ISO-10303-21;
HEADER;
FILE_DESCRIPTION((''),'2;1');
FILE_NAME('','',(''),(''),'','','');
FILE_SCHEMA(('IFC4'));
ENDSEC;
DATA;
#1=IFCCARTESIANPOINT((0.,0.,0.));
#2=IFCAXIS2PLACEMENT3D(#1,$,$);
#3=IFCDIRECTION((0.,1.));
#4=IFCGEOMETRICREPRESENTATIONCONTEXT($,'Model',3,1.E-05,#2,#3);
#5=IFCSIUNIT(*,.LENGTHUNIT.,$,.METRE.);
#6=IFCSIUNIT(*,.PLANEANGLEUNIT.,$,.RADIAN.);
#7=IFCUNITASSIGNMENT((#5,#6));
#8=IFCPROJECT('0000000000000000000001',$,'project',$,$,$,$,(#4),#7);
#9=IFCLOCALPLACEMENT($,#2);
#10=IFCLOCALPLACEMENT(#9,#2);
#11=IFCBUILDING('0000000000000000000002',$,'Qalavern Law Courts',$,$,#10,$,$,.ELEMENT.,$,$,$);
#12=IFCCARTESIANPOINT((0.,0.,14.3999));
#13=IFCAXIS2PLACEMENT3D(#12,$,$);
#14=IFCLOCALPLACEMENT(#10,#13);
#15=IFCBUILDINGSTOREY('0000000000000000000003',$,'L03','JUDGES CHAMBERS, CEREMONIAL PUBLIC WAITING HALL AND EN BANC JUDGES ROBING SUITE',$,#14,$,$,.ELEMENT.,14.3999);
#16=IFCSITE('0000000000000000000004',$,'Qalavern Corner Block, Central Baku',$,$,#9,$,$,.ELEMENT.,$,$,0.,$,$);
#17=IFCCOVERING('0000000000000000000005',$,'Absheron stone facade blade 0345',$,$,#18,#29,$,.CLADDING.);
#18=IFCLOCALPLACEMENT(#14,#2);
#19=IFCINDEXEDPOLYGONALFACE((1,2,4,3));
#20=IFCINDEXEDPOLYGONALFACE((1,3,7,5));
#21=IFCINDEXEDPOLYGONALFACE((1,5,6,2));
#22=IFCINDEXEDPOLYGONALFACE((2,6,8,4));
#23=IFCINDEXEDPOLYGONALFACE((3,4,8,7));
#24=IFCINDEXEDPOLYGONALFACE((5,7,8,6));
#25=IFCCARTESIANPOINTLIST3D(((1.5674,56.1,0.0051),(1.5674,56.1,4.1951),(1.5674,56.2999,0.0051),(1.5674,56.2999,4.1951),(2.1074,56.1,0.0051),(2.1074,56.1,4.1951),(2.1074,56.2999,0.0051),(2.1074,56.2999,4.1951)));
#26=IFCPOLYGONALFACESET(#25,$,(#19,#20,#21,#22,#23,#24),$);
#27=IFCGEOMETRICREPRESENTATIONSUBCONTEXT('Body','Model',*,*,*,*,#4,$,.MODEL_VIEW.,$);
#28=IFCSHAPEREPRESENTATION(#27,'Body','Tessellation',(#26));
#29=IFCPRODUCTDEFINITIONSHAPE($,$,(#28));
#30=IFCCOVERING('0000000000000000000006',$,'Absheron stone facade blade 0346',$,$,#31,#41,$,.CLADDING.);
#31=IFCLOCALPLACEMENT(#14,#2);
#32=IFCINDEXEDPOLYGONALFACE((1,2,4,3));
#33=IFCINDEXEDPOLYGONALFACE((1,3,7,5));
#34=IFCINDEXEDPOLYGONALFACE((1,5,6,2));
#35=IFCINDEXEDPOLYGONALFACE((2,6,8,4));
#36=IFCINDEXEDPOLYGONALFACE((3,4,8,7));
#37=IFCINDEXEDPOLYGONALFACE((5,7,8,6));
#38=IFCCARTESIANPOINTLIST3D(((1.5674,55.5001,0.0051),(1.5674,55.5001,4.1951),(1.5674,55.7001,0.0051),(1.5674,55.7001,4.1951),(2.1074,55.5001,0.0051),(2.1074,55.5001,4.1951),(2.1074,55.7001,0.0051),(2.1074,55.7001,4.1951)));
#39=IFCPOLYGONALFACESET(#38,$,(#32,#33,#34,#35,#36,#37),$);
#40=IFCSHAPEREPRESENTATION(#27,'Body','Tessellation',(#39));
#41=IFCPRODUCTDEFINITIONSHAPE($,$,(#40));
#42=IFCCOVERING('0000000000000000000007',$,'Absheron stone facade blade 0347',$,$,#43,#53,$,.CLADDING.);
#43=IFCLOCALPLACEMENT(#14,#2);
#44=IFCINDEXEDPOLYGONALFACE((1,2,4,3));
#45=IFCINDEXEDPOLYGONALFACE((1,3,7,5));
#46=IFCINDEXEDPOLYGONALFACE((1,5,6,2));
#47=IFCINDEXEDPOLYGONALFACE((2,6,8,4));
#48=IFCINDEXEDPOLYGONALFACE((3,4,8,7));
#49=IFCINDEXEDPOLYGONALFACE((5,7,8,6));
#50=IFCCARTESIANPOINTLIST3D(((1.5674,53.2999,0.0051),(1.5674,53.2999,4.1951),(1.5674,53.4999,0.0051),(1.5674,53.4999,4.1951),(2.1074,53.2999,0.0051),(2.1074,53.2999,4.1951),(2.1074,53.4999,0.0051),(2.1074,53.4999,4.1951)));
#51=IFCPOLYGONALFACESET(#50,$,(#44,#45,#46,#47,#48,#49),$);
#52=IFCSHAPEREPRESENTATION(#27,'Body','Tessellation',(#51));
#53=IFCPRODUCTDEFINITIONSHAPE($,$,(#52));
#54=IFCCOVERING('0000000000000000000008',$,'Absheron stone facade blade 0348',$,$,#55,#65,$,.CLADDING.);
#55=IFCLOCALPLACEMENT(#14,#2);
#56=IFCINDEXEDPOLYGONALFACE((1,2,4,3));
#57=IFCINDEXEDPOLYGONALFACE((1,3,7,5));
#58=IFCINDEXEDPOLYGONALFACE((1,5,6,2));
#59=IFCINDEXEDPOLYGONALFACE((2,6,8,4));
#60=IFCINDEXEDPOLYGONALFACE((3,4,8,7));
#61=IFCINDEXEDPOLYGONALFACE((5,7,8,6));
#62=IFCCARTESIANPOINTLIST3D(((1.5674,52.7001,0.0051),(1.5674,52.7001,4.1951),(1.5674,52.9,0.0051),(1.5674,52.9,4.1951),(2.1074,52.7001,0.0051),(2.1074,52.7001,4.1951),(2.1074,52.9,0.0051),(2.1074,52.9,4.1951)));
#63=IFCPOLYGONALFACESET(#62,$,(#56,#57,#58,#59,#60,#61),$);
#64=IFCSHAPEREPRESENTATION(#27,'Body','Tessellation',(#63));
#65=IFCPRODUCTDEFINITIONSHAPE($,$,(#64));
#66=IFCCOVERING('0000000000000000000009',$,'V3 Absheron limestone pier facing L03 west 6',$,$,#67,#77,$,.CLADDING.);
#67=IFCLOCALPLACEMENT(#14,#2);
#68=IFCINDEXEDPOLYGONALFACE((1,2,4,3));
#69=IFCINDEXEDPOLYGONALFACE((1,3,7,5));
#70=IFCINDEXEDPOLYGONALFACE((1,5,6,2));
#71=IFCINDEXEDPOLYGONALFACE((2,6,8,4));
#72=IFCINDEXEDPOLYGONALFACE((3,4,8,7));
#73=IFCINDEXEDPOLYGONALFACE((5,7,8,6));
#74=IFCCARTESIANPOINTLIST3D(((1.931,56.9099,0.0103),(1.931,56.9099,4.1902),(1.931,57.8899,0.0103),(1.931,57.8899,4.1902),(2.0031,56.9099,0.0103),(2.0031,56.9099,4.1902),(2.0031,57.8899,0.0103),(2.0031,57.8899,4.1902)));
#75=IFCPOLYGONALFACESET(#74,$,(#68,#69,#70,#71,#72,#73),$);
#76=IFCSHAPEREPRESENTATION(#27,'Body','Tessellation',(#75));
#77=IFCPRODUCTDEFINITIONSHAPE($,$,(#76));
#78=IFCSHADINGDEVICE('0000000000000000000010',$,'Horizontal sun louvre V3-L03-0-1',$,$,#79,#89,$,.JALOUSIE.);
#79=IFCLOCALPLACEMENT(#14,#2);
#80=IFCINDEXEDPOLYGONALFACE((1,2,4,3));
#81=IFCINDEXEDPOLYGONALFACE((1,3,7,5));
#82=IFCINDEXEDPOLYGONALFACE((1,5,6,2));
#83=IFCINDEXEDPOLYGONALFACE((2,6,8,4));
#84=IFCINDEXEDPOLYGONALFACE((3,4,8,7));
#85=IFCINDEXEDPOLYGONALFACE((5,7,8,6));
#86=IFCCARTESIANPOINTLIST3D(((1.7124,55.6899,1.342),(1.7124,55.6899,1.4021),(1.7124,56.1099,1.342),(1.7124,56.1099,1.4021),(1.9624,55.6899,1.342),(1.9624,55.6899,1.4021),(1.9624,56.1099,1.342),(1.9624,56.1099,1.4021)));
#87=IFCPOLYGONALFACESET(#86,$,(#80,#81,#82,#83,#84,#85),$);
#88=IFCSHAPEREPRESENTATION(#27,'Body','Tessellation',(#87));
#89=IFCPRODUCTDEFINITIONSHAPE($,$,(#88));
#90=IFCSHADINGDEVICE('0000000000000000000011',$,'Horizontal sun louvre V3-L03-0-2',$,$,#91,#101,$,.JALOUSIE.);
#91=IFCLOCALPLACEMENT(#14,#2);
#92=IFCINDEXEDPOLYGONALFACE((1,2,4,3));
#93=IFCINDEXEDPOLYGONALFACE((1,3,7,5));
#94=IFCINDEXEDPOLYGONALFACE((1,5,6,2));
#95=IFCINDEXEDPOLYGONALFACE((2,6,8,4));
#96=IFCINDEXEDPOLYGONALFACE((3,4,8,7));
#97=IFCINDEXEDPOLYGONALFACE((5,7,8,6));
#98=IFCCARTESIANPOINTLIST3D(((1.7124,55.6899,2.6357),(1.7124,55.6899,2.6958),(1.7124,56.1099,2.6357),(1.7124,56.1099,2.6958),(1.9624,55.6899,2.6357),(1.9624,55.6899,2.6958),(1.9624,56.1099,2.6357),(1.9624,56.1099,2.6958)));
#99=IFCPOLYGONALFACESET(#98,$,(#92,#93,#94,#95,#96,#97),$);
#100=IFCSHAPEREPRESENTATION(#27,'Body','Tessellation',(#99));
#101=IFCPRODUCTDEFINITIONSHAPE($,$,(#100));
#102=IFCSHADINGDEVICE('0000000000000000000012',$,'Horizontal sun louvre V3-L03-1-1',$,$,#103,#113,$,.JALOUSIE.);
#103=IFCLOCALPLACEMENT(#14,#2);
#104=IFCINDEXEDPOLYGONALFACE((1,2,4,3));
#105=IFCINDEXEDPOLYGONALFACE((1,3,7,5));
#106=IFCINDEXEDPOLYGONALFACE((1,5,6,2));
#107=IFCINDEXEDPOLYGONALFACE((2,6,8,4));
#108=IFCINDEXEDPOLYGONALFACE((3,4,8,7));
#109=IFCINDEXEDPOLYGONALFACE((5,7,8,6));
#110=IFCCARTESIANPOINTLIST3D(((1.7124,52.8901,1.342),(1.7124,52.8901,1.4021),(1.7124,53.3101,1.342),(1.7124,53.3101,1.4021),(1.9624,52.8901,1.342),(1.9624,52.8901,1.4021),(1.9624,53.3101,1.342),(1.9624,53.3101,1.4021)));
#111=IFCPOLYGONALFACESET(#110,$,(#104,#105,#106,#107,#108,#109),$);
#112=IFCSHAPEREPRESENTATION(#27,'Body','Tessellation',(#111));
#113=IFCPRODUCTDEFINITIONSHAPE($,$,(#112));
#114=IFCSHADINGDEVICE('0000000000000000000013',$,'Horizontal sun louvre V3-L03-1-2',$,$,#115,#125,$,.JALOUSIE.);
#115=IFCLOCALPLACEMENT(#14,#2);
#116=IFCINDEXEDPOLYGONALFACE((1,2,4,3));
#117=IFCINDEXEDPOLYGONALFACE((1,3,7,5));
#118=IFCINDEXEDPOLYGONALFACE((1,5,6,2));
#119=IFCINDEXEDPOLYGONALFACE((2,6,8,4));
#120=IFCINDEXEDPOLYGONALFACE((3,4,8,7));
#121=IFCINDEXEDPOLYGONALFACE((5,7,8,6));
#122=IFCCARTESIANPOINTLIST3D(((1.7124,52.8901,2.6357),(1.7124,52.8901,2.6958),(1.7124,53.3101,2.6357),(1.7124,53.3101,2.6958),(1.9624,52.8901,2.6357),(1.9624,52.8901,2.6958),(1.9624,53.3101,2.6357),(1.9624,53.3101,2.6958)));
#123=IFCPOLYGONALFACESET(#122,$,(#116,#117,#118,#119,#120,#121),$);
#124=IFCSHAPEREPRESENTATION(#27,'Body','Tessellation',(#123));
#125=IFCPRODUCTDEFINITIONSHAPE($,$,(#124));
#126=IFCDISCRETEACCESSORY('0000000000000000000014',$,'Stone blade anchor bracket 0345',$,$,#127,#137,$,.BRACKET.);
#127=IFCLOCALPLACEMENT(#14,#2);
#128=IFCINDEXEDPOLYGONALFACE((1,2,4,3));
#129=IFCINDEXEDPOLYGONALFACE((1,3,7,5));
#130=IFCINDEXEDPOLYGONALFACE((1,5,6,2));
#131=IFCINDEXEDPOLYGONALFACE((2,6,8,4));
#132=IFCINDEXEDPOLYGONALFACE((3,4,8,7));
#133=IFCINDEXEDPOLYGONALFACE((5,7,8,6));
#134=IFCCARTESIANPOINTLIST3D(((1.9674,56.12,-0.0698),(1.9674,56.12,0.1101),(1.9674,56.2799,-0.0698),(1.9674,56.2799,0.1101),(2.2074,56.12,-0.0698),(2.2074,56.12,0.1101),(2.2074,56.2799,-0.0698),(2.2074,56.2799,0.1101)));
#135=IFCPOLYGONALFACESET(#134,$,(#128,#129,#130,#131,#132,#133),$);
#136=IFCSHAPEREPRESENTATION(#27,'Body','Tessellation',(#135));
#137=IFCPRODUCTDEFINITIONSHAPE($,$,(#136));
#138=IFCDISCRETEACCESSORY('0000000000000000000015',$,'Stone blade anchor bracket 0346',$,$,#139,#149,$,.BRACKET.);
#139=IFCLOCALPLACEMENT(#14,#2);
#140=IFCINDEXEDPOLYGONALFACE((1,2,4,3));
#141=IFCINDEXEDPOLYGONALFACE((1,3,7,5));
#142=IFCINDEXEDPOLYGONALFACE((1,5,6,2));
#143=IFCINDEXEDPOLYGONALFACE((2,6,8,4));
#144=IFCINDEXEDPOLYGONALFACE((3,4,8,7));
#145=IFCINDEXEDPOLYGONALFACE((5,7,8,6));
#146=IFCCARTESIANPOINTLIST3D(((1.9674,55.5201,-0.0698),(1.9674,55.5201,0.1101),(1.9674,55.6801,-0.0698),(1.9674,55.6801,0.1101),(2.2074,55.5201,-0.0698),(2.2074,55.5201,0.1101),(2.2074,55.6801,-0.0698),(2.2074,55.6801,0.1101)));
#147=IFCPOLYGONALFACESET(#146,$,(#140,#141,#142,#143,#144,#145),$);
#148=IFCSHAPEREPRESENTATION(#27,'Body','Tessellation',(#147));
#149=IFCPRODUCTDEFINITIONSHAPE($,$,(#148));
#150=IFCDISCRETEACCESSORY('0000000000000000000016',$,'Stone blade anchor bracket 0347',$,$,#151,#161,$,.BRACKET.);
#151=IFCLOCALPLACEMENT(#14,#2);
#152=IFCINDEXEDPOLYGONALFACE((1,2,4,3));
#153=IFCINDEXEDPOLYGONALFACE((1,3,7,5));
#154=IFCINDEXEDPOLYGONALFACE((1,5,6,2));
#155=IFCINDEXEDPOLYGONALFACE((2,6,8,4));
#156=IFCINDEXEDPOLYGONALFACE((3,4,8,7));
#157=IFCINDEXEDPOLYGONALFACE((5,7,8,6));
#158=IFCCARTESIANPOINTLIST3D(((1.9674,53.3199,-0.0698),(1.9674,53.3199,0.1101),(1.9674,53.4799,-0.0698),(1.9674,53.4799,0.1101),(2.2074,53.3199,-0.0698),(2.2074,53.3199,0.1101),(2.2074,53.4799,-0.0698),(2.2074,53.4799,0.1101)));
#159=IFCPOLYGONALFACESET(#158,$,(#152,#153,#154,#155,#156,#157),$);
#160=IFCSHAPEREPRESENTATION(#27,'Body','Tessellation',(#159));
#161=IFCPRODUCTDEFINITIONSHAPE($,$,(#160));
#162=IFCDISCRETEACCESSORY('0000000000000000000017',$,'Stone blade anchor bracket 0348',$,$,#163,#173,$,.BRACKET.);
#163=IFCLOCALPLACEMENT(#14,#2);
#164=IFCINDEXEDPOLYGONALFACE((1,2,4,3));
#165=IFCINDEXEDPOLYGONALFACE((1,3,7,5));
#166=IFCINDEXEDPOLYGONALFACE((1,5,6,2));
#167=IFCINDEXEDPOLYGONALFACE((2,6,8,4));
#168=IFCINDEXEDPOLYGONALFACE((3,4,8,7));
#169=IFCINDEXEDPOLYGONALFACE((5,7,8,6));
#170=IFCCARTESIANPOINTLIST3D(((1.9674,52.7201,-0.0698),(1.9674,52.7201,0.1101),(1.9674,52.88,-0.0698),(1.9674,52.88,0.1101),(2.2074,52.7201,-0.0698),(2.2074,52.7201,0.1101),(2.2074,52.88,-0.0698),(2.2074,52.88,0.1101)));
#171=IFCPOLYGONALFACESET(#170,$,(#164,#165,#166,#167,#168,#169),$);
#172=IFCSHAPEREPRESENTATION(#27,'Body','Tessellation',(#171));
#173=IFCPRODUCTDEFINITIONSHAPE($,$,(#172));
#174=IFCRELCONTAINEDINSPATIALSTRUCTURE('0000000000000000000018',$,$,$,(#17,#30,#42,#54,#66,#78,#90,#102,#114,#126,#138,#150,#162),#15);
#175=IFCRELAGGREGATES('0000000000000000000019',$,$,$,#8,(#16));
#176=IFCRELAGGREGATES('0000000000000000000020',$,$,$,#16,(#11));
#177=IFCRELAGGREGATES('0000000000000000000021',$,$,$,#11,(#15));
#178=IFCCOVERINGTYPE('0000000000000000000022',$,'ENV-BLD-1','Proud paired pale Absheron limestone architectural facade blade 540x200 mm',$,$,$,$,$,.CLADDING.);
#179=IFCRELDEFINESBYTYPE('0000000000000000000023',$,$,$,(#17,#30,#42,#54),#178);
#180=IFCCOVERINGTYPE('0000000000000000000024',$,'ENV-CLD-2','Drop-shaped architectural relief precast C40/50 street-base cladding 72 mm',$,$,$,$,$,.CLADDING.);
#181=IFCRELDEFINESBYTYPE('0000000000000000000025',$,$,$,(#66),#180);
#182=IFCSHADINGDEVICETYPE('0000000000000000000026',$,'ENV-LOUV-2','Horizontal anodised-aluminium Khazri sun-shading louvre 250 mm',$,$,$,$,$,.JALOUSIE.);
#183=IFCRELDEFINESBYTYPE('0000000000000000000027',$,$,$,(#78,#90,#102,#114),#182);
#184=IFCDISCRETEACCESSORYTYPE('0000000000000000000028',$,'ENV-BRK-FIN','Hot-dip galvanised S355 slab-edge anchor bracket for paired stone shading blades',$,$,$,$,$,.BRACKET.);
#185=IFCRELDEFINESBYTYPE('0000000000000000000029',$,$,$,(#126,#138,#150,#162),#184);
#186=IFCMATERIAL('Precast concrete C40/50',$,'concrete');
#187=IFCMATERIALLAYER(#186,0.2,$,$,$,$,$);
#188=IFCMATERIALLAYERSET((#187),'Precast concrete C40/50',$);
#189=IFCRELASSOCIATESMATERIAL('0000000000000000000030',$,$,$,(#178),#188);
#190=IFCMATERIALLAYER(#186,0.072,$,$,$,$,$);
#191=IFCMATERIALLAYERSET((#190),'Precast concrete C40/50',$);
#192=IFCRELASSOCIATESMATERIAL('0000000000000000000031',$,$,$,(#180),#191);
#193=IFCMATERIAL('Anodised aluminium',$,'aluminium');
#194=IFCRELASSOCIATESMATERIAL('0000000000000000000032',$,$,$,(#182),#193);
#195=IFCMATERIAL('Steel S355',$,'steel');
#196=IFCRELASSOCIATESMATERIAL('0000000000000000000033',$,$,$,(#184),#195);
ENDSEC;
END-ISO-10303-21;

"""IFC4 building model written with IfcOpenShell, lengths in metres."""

from ifc_helpers import new_model, si_unit, direction, frame, origin, origin_2d, place, context, subcontext, project, spatial, rectangle, extrude, material, layer, layer_set, type_object, element, save


model = new_model("IFC4")

# Units and contexts
model_context = context("Model", 3, precision=1e-05, world=origin(), true_north=direction((0.0, 1.0)))
body_context = subcontext(model_context, "Body", "Model", "MODEL_VIEW")
ifc_project = project(units=[si_unit("LENGTHUNIT", "METRE"), si_unit("PLANEANGLEUNIT", "RADIAN")], contexts=[model_context])

# Site, building, storey
site_placement = place(None, origin())
site = spatial("IfcSite", under=ifc_project, at=site_placement, Name="Qalavern Corner Block, Central Baku", CompositionType="ELEMENT", RefElevation=0.0)
building_placement = place(site_placement, origin())
building = spatial("IfcBuilding", under=site, at=building_placement, Name="Qalavern Law Courts", CompositionType="ELEMENT")
storey_placement = place(building_placement, frame((0.0, 0.0, 14.3999)))
storey = spatial("IfcBuildingStorey", under=building, at=storey_placement, Name="L03", Description="JUDGES CHAMBERS, CEREMONIAL PUBLIC WAITING HALL AND EN BANC JUDGES ROBING SUITE", CompositionType="ELEMENT", Elevation=14.3999)

# Shared definitions
ifc_material_1 = material(Name="Anodised aluminium", Category="aluminium")

# Coverings
ifc_material_2 = material(Name="Precast concrete C40/50", Category="concrete")
ifc_layer_1 = layer(ifc_material_2, 0.2)
ifc_layer_set_1 = layer_set([ifc_layer_1], Name="Precast concrete C40/50")
covering_type_1 = type_object("IfcCoveringType", Name="ENV-BLD-1", Description="Proud paired pale Absheron limestone architectural facade blade 540x200 mm", PredefinedType="CLADDING", material=ifc_layer_set_1)
for number, where, z_axis, x_axis, name in (
    (1, (1.8374, 56.2, 0.0051), (0.0, 0.0, 1.0), (-1.0, 0.0, 0.0), "Absheron stone facade blade 0345"),
    (2, (1.8374, 55.6001, 0.0051), (0.0, 0.0, 1.0), (-1.0, 0.0, 0.0), "Absheron stone facade blade 0346"),
    (3, (1.8374, 53.3999, 0.0051), (0.0, 0.0, 1.0), (-1.0, 0.0, 0.0), "Absheron stone facade blade 0347"),
    (4, (1.8374, 52.8, 0.0051), (0.0, 0.0, 1.0), (-1.0, 0.0, 0.0), "Absheron stone facade blade 0348"),
):
    element("IfcCovering", number, at=place(storey_placement, frame(where, z_axis=z_axis, x_axis=x_axis)), inside=storey, type_object=covering_type_1, Name=name, PredefinedType="CLADDING", context=body_context, shape_type="SweptSolid", body=[
        extrude(rectangle(XDim=0.54, YDim=0.2, at=origin_2d()), origin(), (0.0, 0.0, 1.0), 4.1899),
    ])
ifc_layer_2 = layer(ifc_material_2, 0.072)
ifc_layer_set_2 = layer_set([ifc_layer_2], Name="Precast concrete C40/50")
covering_type_2 = type_object("IfcCoveringType", Name="ENV-CLD-2", Description="Drop-shaped architectural relief precast C40/50 street-base cladding 72 mm", PredefinedType="CLADDING", material=ifc_layer_set_2)
covering_placement = place(storey_placement, frame((1.967, 57.3999, 0.0103), z_axis=(0.0, 0.0, 1.0), x_axis=(0.0, -1.0, 0.0)))
element("IfcCovering", 5, at=covering_placement, inside=storey, type_object=covering_type_2, Name="V3 Absheron limestone pier facing L03 west 6", PredefinedType="CLADDING", context=body_context, shape_type="SweptSolid", body=[
    extrude(rectangle(XDim=0.98, YDim=0.072, at=origin_2d()), origin(), (0.0, 0.0, 1.0), 4.1799),
])

# Shading devices
shading_device_type = type_object("IfcShadingDeviceType", Name="ENV-LOUV-2", Description="Horizontal anodised-aluminium Khazri sun-shading louvre 250 mm", PredefinedType="JALOUSIE", material=ifc_material_1)
for number, where, z_axis, x_axis, name in (
    (6, (1.8374, 55.8999, 1.342), (0.0, 0.0, 1.0), (0.0, -1.0, 0.0), "Horizontal sun louvre V3-L03-0-1"),
    (7, (1.8374, 55.8999, 2.6357), (0.0, 0.0, 1.0), (0.0, -1.0, 0.0), "Horizontal sun louvre V3-L03-0-2"),
    (8, (1.8374, 53.1001, 1.342), (0.0, 0.0, 1.0), (0.0, -1.0, 0.0), "Horizontal sun louvre V3-L03-1-1"),
    (9, (1.8374, 53.1001, 2.6357), (0.0, 0.0, 1.0), (0.0, -1.0, 0.0), "Horizontal sun louvre V3-L03-1-2"),
):
    element("IfcShadingDevice", number, at=place(storey_placement, frame(where, z_axis=z_axis, x_axis=x_axis)), inside=storey, type_object=shading_device_type, Name=name, PredefinedType="JALOUSIE", context=body_context, shape_type="SweptSolid", body=[
        extrude(rectangle(XDim=0.4199, YDim=0.25, at=origin_2d()), origin(), (0.0, 0.0, 1.0), 0.0601),
    ])

# Discrete accessories
ifc_material_3 = material(Name="Steel S355", Category="steel")
discrete_accessory_type = type_object("IfcDiscreteAccessoryType", Name="ENV-BRK-FIN", Description="Hot-dip galvanised S355 slab-edge anchor bracket for paired stone shading blades", PredefinedType="BRACKET", material=ifc_material_3)
for number, where, z_axis, x_axis, name in (
    (10, (2.0874, 56.2, -0.0698), (0.0, 0.0, 1.0), (-1.0, 0.0, 0.0), "Stone blade anchor bracket 0345"),
    (11, (2.0874, 55.6001, -0.0698), (0.0, 0.0, 1.0), (-1.0, 0.0, 0.0), "Stone blade anchor bracket 0346"),
    (12, (2.0874, 53.3999, -0.0698), (0.0, 0.0, 1.0), (-1.0, 0.0, 0.0), "Stone blade anchor bracket 0347"),
    (13, (2.0874, 52.8, -0.0698), (0.0, 0.0, 1.0), (-1.0, 0.0, 0.0), "Stone blade anchor bracket 0348"),
):
    element("IfcDiscreteAccessory", number, at=place(storey_placement, frame(where, z_axis=z_axis, x_axis=x_axis)), inside=storey, type_object=discrete_accessory_type, Name=name, PredefinedType="BRACKET", context=body_context, shape_type="SweptSolid", body=[
        extrude(rectangle(XDim=0.24, YDim=0.1599, at=origin_2d()), origin(), (0.0, 0.0, 1.0), 0.1799),
    ])

save(model, "model.ifc")
